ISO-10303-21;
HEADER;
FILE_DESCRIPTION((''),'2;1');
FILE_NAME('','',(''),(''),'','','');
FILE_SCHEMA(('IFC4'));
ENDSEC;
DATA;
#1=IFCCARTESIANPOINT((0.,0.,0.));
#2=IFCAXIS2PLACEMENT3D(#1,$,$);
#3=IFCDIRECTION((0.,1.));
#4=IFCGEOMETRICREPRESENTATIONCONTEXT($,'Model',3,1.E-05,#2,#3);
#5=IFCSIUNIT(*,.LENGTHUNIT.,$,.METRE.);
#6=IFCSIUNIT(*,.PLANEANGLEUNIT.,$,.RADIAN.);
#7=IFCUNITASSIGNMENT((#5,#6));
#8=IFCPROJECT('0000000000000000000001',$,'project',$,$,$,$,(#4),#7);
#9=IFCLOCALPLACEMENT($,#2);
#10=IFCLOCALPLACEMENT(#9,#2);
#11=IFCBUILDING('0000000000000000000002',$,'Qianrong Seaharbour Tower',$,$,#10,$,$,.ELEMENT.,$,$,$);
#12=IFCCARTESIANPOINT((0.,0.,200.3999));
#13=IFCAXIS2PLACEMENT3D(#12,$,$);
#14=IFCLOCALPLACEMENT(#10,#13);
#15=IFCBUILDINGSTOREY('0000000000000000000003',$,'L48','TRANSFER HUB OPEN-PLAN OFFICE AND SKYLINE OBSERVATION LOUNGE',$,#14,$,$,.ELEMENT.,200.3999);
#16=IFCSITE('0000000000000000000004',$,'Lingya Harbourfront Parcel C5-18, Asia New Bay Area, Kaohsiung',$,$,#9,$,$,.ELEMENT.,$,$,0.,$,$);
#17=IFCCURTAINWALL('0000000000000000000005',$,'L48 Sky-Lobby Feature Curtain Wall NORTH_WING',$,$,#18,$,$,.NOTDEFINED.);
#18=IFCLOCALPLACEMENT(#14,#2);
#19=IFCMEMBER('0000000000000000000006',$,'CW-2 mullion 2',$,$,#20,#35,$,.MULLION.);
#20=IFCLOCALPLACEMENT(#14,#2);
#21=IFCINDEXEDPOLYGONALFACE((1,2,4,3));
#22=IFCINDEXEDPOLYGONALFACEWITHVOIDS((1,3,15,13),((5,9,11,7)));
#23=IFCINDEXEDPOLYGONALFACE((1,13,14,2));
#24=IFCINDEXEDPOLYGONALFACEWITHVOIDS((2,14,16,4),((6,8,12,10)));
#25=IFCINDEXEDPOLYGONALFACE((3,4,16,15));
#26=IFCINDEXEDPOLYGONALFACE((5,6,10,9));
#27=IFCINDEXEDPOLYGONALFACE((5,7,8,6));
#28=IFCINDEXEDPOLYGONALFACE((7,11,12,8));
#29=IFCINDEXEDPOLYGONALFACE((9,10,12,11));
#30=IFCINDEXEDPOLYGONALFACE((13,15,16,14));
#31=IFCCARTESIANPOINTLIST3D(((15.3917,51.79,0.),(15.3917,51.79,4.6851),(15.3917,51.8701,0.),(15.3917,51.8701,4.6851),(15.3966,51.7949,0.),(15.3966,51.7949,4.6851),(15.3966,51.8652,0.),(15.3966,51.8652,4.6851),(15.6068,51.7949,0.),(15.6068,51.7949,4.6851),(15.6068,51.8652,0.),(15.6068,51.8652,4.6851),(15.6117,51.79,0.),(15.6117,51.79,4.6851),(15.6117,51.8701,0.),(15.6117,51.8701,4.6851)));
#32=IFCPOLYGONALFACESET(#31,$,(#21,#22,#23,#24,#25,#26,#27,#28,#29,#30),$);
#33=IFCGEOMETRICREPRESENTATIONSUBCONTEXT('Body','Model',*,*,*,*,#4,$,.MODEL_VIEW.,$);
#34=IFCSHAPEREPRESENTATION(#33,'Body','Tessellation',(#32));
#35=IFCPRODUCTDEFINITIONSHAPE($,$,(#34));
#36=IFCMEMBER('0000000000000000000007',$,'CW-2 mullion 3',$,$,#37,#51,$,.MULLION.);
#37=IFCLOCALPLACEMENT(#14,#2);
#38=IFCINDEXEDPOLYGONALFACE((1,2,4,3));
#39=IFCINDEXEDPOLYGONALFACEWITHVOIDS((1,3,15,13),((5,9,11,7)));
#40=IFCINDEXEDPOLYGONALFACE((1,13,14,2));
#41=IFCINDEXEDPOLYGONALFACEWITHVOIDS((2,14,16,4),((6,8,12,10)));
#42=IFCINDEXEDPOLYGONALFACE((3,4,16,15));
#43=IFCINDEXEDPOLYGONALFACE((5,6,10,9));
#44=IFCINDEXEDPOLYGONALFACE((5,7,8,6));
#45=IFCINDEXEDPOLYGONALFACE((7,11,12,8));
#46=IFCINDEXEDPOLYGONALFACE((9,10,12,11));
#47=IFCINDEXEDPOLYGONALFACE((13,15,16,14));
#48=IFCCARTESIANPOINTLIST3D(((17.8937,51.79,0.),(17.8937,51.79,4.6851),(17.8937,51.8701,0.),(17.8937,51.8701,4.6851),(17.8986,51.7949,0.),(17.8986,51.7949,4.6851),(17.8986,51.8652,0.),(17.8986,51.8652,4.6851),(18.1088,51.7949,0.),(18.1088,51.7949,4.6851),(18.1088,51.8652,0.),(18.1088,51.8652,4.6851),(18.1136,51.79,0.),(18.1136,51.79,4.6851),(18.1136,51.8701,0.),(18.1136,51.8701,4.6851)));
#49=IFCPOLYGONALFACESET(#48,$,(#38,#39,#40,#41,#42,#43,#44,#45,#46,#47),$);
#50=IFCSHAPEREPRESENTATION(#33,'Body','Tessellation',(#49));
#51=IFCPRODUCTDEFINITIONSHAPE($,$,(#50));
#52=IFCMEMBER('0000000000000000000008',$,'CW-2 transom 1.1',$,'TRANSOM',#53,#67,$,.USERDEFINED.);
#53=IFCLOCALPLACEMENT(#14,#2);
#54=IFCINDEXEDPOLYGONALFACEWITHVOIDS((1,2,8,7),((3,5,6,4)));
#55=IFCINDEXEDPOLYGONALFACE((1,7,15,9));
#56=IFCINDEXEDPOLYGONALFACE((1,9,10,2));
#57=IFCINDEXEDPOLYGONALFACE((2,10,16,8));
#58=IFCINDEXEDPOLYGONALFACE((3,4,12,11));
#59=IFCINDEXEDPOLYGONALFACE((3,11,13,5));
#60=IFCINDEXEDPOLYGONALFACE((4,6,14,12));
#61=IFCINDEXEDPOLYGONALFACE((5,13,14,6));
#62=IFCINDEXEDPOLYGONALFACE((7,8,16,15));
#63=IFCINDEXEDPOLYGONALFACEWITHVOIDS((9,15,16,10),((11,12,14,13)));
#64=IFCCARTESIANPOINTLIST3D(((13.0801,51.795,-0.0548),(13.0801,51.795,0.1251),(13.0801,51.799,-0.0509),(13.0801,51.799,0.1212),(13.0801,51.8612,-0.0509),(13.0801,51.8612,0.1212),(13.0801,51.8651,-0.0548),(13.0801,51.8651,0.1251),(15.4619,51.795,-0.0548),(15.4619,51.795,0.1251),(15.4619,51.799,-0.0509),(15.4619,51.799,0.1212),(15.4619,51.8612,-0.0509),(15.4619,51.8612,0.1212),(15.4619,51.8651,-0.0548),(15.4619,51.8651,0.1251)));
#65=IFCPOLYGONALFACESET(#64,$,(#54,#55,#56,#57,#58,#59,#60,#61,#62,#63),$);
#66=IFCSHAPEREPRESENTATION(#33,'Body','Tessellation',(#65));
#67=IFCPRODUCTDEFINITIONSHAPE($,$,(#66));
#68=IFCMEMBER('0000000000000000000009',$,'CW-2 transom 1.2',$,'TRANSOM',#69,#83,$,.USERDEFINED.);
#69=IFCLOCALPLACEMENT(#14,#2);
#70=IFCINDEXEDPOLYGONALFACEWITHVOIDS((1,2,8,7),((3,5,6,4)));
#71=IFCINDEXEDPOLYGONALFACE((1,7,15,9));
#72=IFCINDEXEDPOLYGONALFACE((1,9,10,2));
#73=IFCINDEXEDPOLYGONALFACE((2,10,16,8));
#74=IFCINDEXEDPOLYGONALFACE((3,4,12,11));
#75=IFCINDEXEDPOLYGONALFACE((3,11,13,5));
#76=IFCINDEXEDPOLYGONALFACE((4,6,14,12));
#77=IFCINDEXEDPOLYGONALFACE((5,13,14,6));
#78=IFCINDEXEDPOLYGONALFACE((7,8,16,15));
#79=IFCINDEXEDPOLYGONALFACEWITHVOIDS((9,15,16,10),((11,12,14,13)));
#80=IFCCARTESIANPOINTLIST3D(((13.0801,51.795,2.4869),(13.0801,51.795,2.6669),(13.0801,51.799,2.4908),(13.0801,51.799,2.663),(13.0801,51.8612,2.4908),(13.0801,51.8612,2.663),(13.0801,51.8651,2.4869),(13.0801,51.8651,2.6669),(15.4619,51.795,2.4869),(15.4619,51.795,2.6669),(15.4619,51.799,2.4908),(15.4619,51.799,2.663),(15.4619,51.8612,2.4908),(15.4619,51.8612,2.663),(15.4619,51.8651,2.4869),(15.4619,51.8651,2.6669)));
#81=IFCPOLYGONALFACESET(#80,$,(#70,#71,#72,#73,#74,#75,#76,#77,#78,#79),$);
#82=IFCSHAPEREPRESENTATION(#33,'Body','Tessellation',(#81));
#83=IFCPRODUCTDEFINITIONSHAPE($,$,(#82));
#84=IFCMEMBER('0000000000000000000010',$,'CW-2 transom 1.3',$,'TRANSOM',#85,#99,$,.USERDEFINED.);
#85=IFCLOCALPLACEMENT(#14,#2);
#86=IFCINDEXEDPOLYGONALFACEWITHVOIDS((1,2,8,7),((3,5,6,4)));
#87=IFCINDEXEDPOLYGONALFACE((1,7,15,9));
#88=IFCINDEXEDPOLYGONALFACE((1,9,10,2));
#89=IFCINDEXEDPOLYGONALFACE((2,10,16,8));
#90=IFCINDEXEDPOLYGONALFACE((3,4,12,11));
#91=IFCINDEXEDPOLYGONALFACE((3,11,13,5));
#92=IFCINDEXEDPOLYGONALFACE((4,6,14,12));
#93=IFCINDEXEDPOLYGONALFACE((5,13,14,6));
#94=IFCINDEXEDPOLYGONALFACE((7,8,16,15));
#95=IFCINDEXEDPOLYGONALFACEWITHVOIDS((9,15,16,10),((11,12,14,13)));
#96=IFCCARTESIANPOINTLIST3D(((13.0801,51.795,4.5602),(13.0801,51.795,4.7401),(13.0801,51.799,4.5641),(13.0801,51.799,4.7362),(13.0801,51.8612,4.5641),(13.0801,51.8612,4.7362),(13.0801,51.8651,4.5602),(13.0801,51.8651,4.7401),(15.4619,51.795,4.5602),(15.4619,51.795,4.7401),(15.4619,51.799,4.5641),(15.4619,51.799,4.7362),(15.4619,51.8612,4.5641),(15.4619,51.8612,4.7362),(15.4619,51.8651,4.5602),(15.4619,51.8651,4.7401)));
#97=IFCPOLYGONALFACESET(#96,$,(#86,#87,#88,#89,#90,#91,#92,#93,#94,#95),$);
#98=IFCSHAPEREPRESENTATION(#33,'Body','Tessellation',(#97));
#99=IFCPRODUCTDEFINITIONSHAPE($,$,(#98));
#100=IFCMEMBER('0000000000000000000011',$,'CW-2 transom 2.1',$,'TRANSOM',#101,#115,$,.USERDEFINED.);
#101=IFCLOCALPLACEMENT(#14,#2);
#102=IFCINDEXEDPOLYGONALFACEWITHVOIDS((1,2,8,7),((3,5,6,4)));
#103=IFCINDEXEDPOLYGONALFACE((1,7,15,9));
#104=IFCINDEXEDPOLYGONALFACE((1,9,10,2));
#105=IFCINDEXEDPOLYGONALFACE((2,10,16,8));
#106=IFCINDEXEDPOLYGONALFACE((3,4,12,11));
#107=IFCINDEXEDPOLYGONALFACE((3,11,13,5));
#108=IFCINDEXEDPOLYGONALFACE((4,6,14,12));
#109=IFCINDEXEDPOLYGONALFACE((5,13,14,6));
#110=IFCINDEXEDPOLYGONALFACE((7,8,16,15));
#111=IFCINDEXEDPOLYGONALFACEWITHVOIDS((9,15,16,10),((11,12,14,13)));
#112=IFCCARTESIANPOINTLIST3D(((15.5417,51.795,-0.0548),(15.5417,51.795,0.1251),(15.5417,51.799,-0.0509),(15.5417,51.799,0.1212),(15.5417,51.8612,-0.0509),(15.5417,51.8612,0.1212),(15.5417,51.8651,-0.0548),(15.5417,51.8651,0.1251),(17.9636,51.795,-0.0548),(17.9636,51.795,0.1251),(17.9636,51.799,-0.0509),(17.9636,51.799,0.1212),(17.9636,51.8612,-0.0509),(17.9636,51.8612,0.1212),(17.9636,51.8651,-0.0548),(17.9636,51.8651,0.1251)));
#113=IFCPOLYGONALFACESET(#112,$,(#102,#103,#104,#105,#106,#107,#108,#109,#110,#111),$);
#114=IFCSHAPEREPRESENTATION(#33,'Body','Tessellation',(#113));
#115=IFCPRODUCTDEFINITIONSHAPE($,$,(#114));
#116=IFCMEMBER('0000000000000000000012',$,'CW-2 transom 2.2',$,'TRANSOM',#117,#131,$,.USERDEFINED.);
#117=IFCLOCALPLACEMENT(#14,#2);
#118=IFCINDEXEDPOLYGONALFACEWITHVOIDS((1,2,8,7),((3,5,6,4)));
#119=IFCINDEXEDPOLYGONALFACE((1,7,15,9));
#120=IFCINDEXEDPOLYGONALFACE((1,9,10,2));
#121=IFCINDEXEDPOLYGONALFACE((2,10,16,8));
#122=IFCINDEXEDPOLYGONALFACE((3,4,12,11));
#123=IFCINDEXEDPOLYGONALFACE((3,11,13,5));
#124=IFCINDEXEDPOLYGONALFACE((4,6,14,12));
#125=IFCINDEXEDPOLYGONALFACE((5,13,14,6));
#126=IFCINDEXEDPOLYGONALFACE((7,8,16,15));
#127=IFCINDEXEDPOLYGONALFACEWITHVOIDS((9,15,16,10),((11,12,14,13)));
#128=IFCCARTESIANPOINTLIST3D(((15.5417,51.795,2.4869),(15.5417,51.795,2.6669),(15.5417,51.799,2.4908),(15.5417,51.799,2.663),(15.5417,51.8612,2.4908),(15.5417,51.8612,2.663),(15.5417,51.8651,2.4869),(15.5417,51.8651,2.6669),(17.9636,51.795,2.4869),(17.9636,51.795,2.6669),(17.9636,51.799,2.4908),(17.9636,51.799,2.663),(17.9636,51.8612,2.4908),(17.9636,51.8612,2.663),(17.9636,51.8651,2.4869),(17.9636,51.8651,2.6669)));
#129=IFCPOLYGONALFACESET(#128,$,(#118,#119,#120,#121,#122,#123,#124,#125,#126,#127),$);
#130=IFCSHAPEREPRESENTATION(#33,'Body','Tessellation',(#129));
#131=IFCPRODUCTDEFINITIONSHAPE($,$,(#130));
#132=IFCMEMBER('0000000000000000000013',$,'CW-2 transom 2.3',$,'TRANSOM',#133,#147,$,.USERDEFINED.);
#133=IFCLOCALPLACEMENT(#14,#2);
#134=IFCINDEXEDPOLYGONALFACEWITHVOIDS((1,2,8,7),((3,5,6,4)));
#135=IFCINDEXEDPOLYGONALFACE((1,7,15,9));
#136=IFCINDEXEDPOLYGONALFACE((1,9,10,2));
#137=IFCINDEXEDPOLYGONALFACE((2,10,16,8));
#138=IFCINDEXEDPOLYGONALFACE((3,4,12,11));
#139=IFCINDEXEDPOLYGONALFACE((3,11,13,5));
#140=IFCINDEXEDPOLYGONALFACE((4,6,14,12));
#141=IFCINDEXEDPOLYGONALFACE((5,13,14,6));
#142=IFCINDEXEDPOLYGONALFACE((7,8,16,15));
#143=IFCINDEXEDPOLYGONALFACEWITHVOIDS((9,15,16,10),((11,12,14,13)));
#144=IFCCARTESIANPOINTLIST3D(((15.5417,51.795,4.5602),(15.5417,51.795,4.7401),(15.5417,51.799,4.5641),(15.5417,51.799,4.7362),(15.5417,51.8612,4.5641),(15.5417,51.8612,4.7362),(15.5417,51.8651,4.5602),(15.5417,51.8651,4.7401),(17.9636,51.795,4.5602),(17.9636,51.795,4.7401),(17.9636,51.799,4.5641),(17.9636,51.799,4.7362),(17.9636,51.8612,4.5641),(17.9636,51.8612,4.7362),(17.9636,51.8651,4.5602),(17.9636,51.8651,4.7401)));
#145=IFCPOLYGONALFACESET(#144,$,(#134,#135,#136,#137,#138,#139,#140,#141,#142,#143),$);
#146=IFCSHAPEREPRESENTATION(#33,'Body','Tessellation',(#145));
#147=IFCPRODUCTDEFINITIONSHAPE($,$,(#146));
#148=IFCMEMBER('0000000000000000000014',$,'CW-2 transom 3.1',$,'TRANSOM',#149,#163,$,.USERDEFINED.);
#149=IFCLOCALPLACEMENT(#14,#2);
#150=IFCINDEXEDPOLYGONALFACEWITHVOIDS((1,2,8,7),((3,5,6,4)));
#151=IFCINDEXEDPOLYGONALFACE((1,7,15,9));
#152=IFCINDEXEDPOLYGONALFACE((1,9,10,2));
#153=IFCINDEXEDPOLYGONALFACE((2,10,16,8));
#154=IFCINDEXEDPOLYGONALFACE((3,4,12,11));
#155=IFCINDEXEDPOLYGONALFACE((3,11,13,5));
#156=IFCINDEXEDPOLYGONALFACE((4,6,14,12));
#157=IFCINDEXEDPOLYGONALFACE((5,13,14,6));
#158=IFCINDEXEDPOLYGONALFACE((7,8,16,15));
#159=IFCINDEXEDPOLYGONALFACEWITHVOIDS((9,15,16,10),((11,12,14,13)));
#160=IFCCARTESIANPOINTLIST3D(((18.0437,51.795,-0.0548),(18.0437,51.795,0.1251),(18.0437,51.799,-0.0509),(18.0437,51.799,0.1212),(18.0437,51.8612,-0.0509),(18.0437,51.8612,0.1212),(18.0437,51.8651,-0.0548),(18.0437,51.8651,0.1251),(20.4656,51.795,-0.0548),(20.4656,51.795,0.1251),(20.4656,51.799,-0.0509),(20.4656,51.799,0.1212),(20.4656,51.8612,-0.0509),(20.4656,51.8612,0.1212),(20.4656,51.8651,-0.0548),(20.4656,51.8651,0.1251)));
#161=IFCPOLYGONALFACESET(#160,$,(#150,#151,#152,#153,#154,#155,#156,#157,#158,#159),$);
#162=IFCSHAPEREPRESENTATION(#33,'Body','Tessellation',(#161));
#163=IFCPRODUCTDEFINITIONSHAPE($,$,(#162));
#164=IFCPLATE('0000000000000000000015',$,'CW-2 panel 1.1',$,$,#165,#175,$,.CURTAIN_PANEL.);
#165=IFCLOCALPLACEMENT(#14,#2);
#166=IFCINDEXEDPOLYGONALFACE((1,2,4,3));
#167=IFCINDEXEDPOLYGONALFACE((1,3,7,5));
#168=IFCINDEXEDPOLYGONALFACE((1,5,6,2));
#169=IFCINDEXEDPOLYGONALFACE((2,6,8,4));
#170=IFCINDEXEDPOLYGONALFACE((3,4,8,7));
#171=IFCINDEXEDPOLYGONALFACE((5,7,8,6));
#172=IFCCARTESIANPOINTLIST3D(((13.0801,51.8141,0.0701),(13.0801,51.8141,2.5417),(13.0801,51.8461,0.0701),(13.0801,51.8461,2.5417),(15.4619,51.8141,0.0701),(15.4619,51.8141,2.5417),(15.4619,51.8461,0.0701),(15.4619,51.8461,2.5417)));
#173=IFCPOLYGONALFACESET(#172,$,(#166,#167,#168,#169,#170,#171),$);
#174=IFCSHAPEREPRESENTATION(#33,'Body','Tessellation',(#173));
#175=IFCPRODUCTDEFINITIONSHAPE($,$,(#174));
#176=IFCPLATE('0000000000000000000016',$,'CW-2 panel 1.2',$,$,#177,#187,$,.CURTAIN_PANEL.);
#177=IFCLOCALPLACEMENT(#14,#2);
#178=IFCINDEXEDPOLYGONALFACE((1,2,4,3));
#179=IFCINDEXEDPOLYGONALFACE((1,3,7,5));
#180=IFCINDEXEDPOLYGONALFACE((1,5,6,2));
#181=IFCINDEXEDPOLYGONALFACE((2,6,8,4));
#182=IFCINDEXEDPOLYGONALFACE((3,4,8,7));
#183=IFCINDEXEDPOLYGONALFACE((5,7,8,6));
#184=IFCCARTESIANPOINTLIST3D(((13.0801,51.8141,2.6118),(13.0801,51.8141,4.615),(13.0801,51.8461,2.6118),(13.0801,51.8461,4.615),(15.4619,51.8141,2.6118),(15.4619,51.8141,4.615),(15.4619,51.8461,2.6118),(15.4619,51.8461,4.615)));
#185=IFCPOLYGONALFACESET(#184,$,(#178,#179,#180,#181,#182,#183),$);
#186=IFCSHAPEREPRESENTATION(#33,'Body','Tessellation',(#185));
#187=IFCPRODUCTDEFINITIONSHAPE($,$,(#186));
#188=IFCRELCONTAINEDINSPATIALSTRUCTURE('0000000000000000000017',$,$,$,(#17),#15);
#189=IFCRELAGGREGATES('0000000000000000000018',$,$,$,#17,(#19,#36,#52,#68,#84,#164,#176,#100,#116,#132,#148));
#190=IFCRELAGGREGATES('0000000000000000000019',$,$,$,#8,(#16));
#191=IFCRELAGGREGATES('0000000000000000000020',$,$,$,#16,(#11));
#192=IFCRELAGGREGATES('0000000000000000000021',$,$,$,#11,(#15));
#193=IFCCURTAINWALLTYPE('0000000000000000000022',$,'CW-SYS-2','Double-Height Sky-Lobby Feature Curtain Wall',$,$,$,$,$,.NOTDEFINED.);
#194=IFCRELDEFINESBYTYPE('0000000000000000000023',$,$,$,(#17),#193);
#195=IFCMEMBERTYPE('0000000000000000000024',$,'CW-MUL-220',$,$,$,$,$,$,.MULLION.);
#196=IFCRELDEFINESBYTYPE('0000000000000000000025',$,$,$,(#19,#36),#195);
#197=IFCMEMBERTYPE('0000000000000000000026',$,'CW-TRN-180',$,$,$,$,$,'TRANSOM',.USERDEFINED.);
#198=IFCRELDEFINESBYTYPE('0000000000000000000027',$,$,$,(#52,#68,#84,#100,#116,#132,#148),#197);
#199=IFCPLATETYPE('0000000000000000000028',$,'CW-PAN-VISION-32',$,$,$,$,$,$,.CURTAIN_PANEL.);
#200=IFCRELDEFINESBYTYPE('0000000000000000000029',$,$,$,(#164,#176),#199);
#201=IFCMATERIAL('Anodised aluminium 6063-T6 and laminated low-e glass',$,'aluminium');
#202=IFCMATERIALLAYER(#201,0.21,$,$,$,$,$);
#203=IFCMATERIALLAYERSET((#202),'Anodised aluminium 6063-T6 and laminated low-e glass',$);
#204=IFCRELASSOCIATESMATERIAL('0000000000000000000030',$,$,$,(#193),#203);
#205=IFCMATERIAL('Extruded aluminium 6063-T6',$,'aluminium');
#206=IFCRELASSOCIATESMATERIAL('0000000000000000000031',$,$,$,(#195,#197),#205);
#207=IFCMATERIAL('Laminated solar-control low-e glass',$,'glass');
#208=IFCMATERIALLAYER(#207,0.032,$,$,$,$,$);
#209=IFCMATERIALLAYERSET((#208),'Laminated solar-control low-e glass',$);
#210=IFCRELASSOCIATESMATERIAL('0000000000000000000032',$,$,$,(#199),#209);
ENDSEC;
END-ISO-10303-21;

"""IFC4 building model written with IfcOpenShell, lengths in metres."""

from ifc_helpers import new_model, si_unit, direction, frame, origin, origin_2d, place, context, subcontext, project, spatial, rectangle, hollow_rectangle, extrude, material, layer, layer_set, material_profile, profile_set, type_object, element, aggregate, save


model = new_model("IFC4")

# Units and contexts
model_context = context("Model", 3, precision=1e-05, world=origin(), true_north=direction((0.0, 1.0)))
body_context = subcontext(model_context, "Body", "Model", "MODEL_VIEW")
ifc_project = project(units=[si_unit("LENGTHUNIT", "METRE"), si_unit("PLANEANGLEUNIT", "RADIAN")], contexts=[model_context])

# Site, building, storey
site_placement = place(None, origin())
site = spatial("IfcSite", under=ifc_project, at=site_placement, Name="Lingya Harbourfront Parcel C5-18, Asia New Bay Area, Kaohsiung", CompositionType="ELEMENT", RefElevation=0.0)
building_placement = place(site_placement, origin())
building = spatial("IfcBuilding", under=site, at=building_placement, Name="Qianrong Seaharbour Tower", CompositionType="ELEMENT")
storey_placement = place(building_placement, frame((0.0, 0.0, 200.3999)))
storey = spatial("IfcBuildingStorey", under=building, at=storey_placement, Name="L48", Description="TRANSFER HUB OPEN-PLAN OFFICE AND SKYLINE OBSERVATION LOUNGE", CompositionType="ELEMENT", Elevation=200.3999)

# Curtain wall, members, plates
ifc_material_1 = material(Name="Anodised aluminium 6063-T6 and laminated low-e glass", Category="aluminium")
ifc_layer_1 = layer(ifc_material_1, 0.21)
ifc_layer_set_1 = layer_set([ifc_layer_1], Name="Anodised aluminium 6063-T6 and laminated low-e glass")
curtain_wall_type = type_object("IfcCurtainWallType", Name="CW-SYS-2", Description="Double-Height Sky-Lobby Feature Curtain Wall", PredefinedType="NOTDEFINED", material=ifc_layer_set_1)
curtain_wall_placement = place(storey_placement, origin())
curtain_wall = element("IfcCurtainWall", 1, at=curtain_wall_placement, inside=storey, type_object=curtain_wall_type, Name="L48 Sky-Lobby Feature Curtain Wall NORTH_WING", PredefinedType="NOTDEFINED")
ifc_material_2 = material(Name="Extruded aluminium 6063-T6", Category="aluminium")
ifc_material_profile_1 = material_profile(ifc_material_2, hollow_rectangle(XDim=0.0801, YDim=0.22, WallThickness=0.0049, at=origin_2d()), Name="ALU-MUL-220x80x5")
ifc_profile_set_1 = profile_set([ifc_material_profile_1], Name="Extruded aluminium 6063-T6")
member_type_1 = type_object("IfcMemberType", Name="CW-MUL-220", PredefinedType="MULLION", material=ifc_profile_set_1)
member_1_placement = place(storey_placement, frame((15.5017, 51.8301, 0.0), z_axis=(0.0, 0.0, 1.0), x_axis=(0.0, 1.0, 0.0)))
member_1 = element("IfcMember", 2, at=member_1_placement, type_object=member_type_1, Name="CW-2 mullion 2", PredefinedType="MULLION", context=body_context, shape_type="SweptSolid", body=[
    extrude(hollow_rectangle(XDim=0.0801, YDim=0.22, WallThickness=0.0049, at=origin_2d()), origin(), (0.0, 0.0, 1.0), 4.6851),
])
member_2_placement = place(storey_placement, frame((18.0037, 51.8301, 0.0), z_axis=(0.0, 0.0, 1.0), x_axis=(0.0, 1.0, 0.0)))
member_2 = element("IfcMember", 3, at=member_2_placement, type_object=member_type_1, Name="CW-2 mullion 3", PredefinedType="MULLION", context=body_context, shape_type="SweptSolid", body=[
    extrude(hollow_rectangle(XDim=0.0801, YDim=0.22, WallThickness=0.0049, at=origin_2d()), origin(), (0.0, 0.0, 1.0), 4.6851),
])
ifc_material_profile_2 = material_profile(ifc_material_2, hollow_rectangle(XDim=0.0701, YDim=0.1799, WallThickness=0.0039, at=origin_2d()), Name="ALU-TRN-180x70x4")
ifc_profile_set_2 = profile_set([ifc_material_profile_2], Name="Extruded aluminium 6063-T6")
member_type_2 = type_object("IfcMemberType", Name="CW-TRN-180", ElementType="TRANSOM", PredefinedType="USERDEFINED", material=ifc_profile_set_2)
member_3_placement = place(storey_placement, frame((13.0801, 51.8301, 0.0352), z_axis=(1.0, 0.0, 0.0), x_axis=(0.0, 1.0, 0.0)))
member_3 = element("IfcMember", 4, at=member_3_placement, type_object=member_type_2, Name="CW-2 transom 1.1", ObjectType="TRANSOM", PredefinedType="USERDEFINED", context=body_context, shape_type="SweptSolid", body=[
    extrude(hollow_rectangle(XDim=0.0701, YDim=0.1799, WallThickness=0.0039, at=origin_2d()), origin(), (0.0, 0.0, 1.0), 2.3818),
])
member_4_placement = place(storey_placement, frame((13.0801, 51.8301, 2.5769), z_axis=(1.0, 0.0, 0.0), x_axis=(0.0, 1.0, 0.0)))
member_4 = element("IfcMember", 5, at=member_4_placement, type_object=member_type_2, Name="CW-2 transom 1.2", ObjectType="TRANSOM", PredefinedType="USERDEFINED", context=body_context, shape_type="SweptSolid", body=[
    extrude(hollow_rectangle(XDim=0.0701, YDim=0.1799, WallThickness=0.0039, at=origin_2d()), origin(), (0.0, 0.0, 1.0), 2.3818),
])
member_5_placement = place(storey_placement, frame((13.0801, 51.8301, 4.6501), z_axis=(1.0, 0.0, 0.0), x_axis=(0.0, 1.0, 0.0)))
member_5 = element("IfcMember", 6, at=member_5_placement, type_object=member_type_2, Name="CW-2 transom 1.3", ObjectType="TRANSOM", PredefinedType="USERDEFINED", context=body_context, shape_type="SweptSolid", body=[
    extrude(hollow_rectangle(XDim=0.0701, YDim=0.1799, WallThickness=0.0039, at=origin_2d()), origin(), (0.0, 0.0, 1.0), 2.3818),
])
member_6_placement = place(storey_placement, frame((15.5417, 51.8301, 0.0352), z_axis=(1.0, 0.0, 0.0), x_axis=(0.0, 1.0, 0.0)))
member_6 = element("IfcMember", 7, at=member_6_placement, type_object=member_type_2, Name="CW-2 transom 2.1", ObjectType="TRANSOM", PredefinedType="USERDEFINED", context=body_context, shape_type="SweptSolid", body=[
    extrude(hollow_rectangle(XDim=0.0701, YDim=0.1799, WallThickness=0.0039, at=origin_2d()), origin(), (0.0, 0.0, 1.0), 2.4219),
])
member_7_placement = place(storey_placement, frame((15.5417, 51.8301, 2.5769), z_axis=(1.0, 0.0, 0.0), x_axis=(0.0, 1.0, 0.0)))
member_7 = element("IfcMember", 8, at=member_7_placement, type_object=member_type_2, Name="CW-2 transom 2.2", ObjectType="TRANSOM", PredefinedType="USERDEFINED", context=body_context, shape_type="SweptSolid", body=[
    extrude(hollow_rectangle(XDim=0.0701, YDim=0.1799, WallThickness=0.0039, at=origin_2d()), origin(), (0.0, 0.0, 1.0), 2.4219),
])
member_8_placement = place(storey_placement, frame((15.5417, 51.8301, 4.6501), z_axis=(1.0, 0.0, 0.0), x_axis=(0.0, 1.0, 0.0)))
member_8 = element("IfcMember", 9, at=member_8_placement, type_object=member_type_2, Name="CW-2 transom 2.3", ObjectType="TRANSOM", PredefinedType="USERDEFINED", context=body_context, shape_type="SweptSolid", body=[
    extrude(hollow_rectangle(XDim=0.0701, YDim=0.1799, WallThickness=0.0039, at=origin_2d()), origin(), (0.0, 0.0, 1.0), 2.4219),
])
member_9_placement = place(storey_placement, frame((18.0437, 51.8301, 0.0352), z_axis=(1.0, 0.0, 0.0), x_axis=(0.0, 1.0, 0.0)))
member_9 = element("IfcMember", 10, at=member_9_placement, type_object=member_type_2, Name="CW-2 transom 3.1", ObjectType="TRANSOM", PredefinedType="USERDEFINED", context=body_context, shape_type="SweptSolid", body=[
    extrude(hollow_rectangle(XDim=0.0701, YDim=0.1799, WallThickness=0.0039, at=origin_2d()), origin(), (0.0, 0.0, 1.0), 2.4219),
])
ifc_material_3 = material(Name="Laminated solar-control low-e glass", Category="glass")
ifc_layer_2 = layer(ifc_material_3, 0.032)
ifc_layer_set_2 = layer_set([ifc_layer_2], Name="Laminated solar-control low-e glass")
plate_type = type_object("IfcPlateType", Name="CW-PAN-VISION-32", PredefinedType="CURTAIN_PANEL", material=ifc_layer_set_2)
plate_1_placement = place(storey_placement, frame((14.271, 51.8301, 0.0701), z_axis=(0.0, 0.0, 1.0), x_axis=(1.0, 0.0, 0.0)))
plate_1 = element("IfcPlate", 11, at=plate_1_placement, type_object=plate_type, Name="CW-2 panel 1.1", PredefinedType="CURTAIN_PANEL", context=body_context, shape_type="SweptSolid", body=[
    extrude(rectangle(XDim=2.3818, YDim=0.032, at=origin_2d()), origin(), (0.0, 0.0, 1.0), 2.4717),
])
plate_2_placement = place(storey_placement, frame((14.271, 51.8301, 2.6118), z_axis=(0.0, 0.0, 1.0), x_axis=(1.0, 0.0, 0.0)))
plate_2 = element("IfcPlate", 12, at=plate_2_placement, type_object=plate_type, Name="CW-2 panel 1.2", PredefinedType="CURTAIN_PANEL", context=body_context, shape_type="SweptSolid", body=[
    extrude(rectangle(XDim=2.3818, YDim=0.032, at=origin_2d()), origin(), (0.0, 0.0, 1.0), 2.0032),
])
aggregate(curtain_wall, [member_1, member_2, member_3, member_4, member_5, plate_1, plate_2, member_6, member_7, member_8, member_9])

save(model, "model.ifc")
